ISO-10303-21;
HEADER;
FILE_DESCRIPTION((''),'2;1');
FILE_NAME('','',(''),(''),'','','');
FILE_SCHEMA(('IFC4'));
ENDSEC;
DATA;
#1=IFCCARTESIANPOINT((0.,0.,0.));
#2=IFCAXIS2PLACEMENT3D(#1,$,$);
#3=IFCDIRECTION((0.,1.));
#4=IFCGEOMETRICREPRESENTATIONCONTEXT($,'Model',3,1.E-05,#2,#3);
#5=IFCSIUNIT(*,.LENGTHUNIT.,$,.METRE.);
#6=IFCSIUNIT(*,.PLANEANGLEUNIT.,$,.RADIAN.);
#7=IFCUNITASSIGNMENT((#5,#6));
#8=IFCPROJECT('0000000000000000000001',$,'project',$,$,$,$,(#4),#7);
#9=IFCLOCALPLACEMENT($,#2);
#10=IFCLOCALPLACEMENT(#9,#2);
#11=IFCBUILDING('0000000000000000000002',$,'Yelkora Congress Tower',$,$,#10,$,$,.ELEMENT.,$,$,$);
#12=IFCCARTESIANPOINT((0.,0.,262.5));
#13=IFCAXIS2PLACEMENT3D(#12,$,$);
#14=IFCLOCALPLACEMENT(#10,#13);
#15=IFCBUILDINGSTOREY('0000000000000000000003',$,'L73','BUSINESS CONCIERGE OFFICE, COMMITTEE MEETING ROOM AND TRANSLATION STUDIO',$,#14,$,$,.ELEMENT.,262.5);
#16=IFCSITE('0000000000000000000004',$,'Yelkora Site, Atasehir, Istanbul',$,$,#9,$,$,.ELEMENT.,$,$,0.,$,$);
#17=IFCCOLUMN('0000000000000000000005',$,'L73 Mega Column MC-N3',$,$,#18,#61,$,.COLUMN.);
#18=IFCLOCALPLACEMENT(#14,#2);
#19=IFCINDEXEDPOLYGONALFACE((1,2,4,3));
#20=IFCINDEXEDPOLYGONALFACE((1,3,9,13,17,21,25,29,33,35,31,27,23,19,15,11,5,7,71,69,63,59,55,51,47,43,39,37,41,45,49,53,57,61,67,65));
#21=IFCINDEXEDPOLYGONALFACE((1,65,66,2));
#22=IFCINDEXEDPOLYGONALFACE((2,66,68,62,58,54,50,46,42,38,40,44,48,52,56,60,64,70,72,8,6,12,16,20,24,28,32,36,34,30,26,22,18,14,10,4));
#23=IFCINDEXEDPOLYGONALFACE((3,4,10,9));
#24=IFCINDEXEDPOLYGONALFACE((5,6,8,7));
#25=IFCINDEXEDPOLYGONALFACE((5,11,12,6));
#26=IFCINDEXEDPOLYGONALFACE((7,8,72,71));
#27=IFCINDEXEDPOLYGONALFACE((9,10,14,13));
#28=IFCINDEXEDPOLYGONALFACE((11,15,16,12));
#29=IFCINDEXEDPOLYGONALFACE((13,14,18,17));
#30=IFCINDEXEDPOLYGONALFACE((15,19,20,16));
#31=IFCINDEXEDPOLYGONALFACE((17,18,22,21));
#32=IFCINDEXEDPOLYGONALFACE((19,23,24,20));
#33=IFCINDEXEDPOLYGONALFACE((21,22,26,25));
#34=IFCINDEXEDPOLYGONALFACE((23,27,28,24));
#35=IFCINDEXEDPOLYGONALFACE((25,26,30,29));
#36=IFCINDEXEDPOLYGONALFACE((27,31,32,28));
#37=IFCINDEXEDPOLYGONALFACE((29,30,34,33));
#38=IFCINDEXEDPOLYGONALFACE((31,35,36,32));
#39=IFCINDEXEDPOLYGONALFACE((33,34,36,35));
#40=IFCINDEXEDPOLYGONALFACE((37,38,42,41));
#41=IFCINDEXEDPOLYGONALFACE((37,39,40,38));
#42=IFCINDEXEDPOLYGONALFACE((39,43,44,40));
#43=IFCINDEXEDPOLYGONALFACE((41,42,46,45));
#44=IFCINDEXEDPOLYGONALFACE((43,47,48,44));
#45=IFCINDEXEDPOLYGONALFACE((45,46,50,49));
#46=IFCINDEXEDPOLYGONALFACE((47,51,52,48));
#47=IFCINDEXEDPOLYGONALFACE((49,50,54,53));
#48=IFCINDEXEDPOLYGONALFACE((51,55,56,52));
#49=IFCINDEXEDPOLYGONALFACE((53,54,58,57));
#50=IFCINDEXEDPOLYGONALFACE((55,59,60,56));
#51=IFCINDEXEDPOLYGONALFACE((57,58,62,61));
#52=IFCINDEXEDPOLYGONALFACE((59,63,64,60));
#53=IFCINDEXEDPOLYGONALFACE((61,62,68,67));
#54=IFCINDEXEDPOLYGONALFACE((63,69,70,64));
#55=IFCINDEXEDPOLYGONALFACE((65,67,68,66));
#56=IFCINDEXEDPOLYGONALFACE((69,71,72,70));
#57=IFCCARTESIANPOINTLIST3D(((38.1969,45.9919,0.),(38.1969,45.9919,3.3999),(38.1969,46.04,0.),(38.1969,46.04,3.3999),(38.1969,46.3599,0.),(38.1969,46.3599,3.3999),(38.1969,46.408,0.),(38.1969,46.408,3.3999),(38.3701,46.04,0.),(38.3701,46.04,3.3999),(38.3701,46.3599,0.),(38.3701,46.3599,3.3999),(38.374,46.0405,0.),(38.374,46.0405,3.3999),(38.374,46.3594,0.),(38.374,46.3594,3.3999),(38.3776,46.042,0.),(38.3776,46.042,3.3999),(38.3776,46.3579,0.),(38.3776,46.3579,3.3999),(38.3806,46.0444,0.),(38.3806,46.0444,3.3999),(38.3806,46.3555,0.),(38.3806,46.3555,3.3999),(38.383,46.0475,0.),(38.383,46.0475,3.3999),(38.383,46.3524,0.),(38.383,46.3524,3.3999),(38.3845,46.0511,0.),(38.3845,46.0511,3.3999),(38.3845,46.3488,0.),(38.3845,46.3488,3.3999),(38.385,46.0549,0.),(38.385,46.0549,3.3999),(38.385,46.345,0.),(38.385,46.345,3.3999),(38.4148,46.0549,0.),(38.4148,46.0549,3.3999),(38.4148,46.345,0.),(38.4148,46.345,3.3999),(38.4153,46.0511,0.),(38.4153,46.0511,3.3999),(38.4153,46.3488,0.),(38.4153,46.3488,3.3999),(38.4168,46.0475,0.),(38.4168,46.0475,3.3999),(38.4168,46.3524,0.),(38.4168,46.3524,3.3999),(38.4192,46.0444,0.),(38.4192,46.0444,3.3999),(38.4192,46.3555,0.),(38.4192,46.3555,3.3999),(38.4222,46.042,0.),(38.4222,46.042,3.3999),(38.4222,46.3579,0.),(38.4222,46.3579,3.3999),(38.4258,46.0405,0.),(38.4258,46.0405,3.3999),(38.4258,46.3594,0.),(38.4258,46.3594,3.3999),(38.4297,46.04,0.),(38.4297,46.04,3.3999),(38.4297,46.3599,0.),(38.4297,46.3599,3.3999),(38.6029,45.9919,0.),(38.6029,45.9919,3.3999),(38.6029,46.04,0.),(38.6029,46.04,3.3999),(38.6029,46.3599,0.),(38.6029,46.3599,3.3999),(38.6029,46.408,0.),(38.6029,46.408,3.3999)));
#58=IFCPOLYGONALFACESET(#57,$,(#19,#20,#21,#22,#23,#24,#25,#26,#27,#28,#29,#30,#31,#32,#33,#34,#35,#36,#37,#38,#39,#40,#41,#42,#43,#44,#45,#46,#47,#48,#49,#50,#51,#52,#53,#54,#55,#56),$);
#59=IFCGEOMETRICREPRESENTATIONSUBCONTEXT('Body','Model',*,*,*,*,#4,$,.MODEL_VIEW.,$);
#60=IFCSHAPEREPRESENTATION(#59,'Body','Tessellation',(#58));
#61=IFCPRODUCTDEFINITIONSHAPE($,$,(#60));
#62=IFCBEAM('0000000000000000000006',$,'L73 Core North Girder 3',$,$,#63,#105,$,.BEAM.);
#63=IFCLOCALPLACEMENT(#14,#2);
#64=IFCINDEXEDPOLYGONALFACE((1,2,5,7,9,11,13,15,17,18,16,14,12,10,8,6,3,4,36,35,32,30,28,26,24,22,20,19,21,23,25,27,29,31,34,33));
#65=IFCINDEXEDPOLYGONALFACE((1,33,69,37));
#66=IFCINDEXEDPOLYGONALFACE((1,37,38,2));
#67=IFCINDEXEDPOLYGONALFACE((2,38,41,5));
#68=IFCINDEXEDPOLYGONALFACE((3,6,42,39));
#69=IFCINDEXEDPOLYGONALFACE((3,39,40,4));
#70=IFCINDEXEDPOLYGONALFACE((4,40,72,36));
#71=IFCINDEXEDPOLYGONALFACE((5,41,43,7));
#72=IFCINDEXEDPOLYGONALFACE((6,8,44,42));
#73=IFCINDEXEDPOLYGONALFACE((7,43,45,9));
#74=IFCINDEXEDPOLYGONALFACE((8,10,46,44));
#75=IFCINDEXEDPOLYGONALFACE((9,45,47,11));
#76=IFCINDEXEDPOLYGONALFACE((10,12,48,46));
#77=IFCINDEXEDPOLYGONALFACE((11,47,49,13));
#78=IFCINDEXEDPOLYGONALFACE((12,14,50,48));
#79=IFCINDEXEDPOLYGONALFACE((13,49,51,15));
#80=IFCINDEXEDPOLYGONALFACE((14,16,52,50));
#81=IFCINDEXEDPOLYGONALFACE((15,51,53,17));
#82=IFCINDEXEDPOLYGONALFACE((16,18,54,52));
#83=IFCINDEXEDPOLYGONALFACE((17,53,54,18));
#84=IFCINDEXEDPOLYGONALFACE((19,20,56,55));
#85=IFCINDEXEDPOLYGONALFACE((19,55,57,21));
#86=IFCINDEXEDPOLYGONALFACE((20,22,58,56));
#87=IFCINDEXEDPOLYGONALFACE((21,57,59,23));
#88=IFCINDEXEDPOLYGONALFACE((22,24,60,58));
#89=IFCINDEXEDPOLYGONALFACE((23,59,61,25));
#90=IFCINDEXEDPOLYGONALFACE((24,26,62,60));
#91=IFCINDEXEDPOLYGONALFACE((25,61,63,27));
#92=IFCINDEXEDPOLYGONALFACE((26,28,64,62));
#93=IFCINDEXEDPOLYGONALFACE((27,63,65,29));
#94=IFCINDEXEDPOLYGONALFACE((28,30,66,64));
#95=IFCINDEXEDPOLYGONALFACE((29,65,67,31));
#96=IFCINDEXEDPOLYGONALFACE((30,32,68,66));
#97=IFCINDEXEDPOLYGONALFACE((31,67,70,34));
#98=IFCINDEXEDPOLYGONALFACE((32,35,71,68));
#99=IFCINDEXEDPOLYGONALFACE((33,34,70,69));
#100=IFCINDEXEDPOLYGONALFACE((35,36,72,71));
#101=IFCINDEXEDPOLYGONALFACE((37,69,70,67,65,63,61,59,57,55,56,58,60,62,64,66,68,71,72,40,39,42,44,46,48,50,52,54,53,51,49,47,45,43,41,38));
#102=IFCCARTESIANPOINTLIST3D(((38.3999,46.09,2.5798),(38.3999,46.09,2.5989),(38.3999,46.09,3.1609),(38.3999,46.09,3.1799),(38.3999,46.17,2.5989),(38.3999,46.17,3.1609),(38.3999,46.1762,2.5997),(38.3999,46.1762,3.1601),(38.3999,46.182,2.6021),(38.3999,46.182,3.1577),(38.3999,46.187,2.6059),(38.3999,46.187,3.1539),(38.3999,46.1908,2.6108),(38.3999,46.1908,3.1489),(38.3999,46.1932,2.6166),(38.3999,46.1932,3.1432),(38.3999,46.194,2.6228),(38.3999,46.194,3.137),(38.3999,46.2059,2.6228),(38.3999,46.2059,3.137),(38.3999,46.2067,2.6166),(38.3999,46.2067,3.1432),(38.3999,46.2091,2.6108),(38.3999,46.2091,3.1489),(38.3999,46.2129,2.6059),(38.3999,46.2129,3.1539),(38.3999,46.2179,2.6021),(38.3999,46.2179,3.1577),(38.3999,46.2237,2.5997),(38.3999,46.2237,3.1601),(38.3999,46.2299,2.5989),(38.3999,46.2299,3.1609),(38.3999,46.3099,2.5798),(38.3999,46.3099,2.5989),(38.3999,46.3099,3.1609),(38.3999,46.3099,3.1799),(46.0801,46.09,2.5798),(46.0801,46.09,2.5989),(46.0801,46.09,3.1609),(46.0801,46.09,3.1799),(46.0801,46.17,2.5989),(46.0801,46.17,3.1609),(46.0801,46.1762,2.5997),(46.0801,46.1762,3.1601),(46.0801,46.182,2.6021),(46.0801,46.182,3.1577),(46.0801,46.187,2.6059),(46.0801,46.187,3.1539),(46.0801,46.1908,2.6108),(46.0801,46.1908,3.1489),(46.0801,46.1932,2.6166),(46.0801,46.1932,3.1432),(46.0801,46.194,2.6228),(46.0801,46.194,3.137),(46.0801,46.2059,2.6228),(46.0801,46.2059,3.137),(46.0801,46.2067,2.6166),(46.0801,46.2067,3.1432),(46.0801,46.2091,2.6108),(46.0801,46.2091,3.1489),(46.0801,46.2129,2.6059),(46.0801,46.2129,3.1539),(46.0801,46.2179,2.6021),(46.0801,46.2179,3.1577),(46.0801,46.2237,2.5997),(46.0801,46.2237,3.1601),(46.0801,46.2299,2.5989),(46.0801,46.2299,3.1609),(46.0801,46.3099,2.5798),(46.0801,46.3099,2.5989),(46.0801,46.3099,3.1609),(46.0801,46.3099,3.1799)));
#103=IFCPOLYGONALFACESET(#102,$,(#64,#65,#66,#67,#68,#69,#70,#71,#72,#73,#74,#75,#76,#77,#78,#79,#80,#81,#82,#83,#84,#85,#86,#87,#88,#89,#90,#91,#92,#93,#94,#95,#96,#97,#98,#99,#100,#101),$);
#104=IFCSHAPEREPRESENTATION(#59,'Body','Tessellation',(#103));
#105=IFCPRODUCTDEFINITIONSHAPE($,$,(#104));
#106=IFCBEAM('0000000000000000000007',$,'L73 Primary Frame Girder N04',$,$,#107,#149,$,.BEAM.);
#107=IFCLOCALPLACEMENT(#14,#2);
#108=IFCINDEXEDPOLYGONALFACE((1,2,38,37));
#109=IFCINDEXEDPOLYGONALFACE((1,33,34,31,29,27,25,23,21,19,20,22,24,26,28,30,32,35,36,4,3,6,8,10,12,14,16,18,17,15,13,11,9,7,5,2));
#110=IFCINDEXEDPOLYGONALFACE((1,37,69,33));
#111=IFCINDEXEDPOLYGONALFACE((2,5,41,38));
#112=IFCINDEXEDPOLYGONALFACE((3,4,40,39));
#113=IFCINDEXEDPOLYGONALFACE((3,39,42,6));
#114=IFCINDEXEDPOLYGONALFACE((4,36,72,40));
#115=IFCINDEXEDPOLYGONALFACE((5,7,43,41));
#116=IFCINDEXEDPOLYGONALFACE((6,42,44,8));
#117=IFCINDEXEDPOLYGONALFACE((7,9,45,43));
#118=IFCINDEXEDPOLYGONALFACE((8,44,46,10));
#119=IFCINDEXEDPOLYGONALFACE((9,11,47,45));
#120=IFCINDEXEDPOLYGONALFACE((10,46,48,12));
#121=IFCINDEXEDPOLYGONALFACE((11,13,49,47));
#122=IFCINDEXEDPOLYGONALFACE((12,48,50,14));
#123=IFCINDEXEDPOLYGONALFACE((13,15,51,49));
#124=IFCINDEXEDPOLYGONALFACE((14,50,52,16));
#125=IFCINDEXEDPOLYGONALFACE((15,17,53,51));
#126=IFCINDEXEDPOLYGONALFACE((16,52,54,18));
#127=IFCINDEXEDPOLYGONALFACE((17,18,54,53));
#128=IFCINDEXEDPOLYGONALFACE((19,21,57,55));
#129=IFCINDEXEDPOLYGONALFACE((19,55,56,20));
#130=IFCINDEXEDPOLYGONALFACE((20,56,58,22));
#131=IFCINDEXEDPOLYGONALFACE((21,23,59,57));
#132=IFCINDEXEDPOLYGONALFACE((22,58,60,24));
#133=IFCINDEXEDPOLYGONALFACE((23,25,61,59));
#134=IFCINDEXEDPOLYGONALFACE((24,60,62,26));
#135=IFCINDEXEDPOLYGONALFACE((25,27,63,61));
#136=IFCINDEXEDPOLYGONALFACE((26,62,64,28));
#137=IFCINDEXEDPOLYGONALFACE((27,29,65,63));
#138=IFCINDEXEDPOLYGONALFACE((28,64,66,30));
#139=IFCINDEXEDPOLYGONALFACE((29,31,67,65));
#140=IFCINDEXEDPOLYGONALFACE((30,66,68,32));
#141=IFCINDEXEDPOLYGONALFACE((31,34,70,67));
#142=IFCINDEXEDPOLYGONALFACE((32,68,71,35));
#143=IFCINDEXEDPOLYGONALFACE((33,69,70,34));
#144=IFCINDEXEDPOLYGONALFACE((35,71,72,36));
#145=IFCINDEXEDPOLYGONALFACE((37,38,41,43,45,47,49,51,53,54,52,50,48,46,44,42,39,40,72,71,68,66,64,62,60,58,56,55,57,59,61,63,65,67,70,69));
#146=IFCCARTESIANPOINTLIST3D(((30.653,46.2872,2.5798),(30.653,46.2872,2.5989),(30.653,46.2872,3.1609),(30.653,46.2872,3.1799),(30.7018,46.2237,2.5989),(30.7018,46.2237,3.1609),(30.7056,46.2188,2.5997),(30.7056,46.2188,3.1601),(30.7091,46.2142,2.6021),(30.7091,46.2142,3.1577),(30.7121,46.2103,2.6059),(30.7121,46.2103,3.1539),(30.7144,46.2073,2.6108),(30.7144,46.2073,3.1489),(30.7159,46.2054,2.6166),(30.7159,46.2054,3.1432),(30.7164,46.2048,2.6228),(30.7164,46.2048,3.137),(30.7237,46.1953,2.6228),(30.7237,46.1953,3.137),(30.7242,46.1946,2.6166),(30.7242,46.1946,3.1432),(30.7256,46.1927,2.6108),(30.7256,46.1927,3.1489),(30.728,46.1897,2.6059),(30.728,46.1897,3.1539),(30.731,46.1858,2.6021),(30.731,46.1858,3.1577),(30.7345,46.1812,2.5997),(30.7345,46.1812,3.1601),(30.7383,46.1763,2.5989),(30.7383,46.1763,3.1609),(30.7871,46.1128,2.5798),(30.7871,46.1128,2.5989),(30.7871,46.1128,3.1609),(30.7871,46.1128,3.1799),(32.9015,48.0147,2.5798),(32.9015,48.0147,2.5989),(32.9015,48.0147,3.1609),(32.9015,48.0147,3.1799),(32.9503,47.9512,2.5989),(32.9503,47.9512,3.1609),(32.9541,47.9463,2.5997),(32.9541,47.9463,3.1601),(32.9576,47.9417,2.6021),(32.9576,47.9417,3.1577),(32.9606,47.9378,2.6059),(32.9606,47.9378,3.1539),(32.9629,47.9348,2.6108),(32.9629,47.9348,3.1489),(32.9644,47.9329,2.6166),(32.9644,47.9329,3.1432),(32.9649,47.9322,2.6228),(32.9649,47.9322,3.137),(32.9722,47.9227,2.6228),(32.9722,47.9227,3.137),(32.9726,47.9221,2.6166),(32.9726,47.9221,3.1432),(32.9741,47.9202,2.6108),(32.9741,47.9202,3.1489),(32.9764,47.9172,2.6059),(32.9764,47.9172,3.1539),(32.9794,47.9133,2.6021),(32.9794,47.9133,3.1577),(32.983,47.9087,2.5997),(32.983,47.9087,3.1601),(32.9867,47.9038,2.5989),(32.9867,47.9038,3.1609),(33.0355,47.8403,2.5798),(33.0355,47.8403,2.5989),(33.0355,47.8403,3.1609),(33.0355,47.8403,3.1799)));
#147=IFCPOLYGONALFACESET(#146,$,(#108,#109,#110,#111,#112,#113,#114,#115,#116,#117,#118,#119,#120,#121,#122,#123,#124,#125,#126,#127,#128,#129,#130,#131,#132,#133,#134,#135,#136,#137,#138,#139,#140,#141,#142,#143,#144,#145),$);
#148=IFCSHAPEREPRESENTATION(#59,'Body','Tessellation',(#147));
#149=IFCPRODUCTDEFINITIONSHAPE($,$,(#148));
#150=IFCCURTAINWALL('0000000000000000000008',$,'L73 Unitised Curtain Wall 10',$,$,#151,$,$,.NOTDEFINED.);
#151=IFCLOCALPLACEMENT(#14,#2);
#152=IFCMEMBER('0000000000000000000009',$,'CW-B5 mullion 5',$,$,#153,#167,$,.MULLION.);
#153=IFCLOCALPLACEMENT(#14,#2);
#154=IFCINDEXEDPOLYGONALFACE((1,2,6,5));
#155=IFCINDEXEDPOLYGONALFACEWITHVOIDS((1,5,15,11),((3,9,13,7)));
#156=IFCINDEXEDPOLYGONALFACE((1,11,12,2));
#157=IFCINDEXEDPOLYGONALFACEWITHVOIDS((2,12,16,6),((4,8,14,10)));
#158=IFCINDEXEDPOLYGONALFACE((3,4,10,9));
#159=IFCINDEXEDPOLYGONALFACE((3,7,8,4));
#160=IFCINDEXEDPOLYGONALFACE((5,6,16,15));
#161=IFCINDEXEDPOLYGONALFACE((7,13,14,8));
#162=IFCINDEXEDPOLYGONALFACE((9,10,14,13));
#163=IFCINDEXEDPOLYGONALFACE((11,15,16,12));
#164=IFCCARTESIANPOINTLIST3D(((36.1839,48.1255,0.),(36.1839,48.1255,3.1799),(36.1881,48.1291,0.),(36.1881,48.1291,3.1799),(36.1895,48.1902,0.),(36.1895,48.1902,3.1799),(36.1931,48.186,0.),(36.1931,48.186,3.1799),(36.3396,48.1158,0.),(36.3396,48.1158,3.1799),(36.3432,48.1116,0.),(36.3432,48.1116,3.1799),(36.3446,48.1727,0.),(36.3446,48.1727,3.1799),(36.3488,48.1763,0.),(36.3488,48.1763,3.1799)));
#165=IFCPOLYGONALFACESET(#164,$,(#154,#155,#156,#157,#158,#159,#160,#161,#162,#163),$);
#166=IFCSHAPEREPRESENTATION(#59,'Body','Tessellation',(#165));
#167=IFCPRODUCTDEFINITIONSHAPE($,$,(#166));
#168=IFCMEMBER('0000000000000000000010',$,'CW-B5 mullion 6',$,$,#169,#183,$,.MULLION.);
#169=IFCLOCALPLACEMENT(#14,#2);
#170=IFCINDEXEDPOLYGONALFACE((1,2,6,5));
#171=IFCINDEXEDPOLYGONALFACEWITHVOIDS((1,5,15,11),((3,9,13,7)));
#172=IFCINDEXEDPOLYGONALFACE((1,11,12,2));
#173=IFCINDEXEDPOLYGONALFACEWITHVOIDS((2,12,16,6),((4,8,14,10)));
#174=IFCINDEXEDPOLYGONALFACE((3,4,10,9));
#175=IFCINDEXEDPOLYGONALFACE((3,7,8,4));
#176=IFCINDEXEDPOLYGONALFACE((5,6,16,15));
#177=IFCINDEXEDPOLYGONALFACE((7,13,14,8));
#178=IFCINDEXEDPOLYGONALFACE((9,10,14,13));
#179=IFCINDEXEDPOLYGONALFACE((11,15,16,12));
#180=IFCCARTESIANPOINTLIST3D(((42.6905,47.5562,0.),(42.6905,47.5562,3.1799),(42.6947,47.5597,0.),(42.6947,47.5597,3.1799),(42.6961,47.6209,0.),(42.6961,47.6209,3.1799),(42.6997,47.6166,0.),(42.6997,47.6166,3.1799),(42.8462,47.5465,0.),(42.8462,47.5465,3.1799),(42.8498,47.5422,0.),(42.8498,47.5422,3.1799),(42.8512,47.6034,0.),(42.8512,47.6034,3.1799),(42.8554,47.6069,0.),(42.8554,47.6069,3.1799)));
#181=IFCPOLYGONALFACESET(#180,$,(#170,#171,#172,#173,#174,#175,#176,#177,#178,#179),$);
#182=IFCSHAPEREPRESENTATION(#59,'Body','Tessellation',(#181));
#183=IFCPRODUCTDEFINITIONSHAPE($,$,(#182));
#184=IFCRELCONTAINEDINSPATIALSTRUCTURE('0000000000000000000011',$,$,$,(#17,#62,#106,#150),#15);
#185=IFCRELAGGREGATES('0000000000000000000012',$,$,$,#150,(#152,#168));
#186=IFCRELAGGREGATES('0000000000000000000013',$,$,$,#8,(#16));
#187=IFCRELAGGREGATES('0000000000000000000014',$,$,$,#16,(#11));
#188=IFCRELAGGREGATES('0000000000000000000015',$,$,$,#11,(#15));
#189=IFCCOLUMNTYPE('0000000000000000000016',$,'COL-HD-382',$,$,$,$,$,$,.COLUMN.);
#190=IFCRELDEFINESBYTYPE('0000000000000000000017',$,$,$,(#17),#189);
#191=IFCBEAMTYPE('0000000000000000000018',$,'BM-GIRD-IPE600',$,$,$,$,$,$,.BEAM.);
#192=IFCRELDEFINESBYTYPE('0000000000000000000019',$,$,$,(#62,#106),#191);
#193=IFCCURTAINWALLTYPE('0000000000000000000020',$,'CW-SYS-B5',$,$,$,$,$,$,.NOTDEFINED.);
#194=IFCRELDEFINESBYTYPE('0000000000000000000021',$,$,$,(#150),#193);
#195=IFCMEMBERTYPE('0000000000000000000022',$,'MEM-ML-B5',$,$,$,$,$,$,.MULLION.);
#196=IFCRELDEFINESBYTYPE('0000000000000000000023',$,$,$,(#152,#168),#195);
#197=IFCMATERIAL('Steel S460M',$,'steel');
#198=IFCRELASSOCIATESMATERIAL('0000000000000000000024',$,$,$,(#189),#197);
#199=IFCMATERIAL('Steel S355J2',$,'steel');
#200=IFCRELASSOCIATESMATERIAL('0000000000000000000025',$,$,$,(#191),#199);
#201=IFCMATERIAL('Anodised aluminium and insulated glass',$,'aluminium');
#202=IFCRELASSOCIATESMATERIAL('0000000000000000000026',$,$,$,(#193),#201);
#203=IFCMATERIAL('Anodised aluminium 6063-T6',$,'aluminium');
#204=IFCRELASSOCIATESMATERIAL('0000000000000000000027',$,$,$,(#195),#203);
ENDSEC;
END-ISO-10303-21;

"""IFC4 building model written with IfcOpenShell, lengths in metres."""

from ifc_helpers import new_model, si_unit, direction, frame, origin, origin_2d, place, context, subcontext, project, spatial, hollow_rectangle, i_section, extrude, material, material_profile, profile_set, type_object, element, aggregate, save


model = new_model("IFC4")

# Units and contexts
model_context = context("Model", 3, precision=1e-05, world=origin(), true_north=direction((0.0, 1.0)))
body_context = subcontext(model_context, "Body", "Model", "MODEL_VIEW")
ifc_project = project(units=[si_unit("LENGTHUNIT", "METRE"), si_unit("PLANEANGLEUNIT", "RADIAN")], contexts=[model_context])

# Site, building, storey
site_placement = place(None, origin())
site = spatial("IfcSite", under=ifc_project, at=site_placement, Name="Yelkora Site, Atasehir, Istanbul", CompositionType="ELEMENT", RefElevation=0.0)
building_placement = place(site_placement, origin())
building = spatial("IfcBuilding", under=site, at=building_placement, Name="Yelkora Congress Tower", CompositionType="ELEMENT")
storey_placement = place(building_placement, frame((0.0, 0.0, 262.5)))
storey = spatial("IfcBuildingStorey", under=building, at=storey_placement, Name="L73", Description="BUSINESS CONCIERGE OFFICE, COMMITTEE MEETING ROOM AND TRANSLATION STUDIO", CompositionType="ELEMENT", Elevation=262.5)

# Column
ifc_material_1 = material(Name="Steel S460M", Category="steel")
ifc_material_profile_1 = material_profile(ifc_material_1, i_section(OverallWidth=0.406, OverallDepth=0.416, WebThickness=0.0298, FlangeThickness=0.0481, FilletRadius=0.0149, at=origin_2d()), Name="HD 400x382")
ifc_profile_set_1 = profile_set([ifc_material_profile_1], Name="Steel S460M")
column_type = type_object("IfcColumnType", Name="COL-HD-382", PredefinedType="COLUMN", material=ifc_profile_set_1)
column_placement = place(storey_placement, frame((38.3999, 46.2, 0.0), z_axis=(0.0, 0.0, 1.0), x_axis=(1.0, 0.0, 0.0)))
element("IfcColumn", 1, at=column_placement, inside=storey, type_object=column_type, Name="L73 Mega Column MC-N3", PredefinedType="COLUMN", context=body_context, shape_type="SweptSolid", body=[
    extrude(i_section(OverallWidth=0.406, OverallDepth=0.416, WebThickness=0.0298, FlangeThickness=0.0481, FilletRadius=0.0149, at=origin_2d()), origin(), (0.0, 0.0, 1.0), 3.3999),
])

# Beams
ifc_material_2 = material(Name="Steel S355J2", Category="steel")
ifc_material_profile_2 = material_profile(ifc_material_2, i_section(OverallWidth=0.22, OverallDepth=0.6001, WebThickness=0.012, FlangeThickness=0.019, FilletRadius=0.0239, at=origin_2d()), Name="IPE 600")
ifc_profile_set_2 = profile_set([ifc_material_profile_2], Name="Steel S355J2")
beam_type = type_object("IfcBeamType", Name="BM-GIRD-IPE600", PredefinedType="BEAM", material=ifc_profile_set_2)
beam_1_placement = place(storey_placement, frame((38.3999, 46.2, 2.8799), z_axis=(1.0, 0.0, 0.0), x_axis=(0.0, 1.0, 0.0)))
element("IfcBeam", 2, at=beam_1_placement, inside=storey, type_object=beam_type, Name="L73 Core North Girder 3", PredefinedType="BEAM", context=body_context, shape_type="SweptSolid", body=[
    extrude(i_section(OverallWidth=0.22, OverallDepth=0.6001, WebThickness=0.012, FlangeThickness=0.019, FilletRadius=0.0239, at=origin_2d()), origin(), (0.0, 0.0, 1.0), 7.6802),
])
beam_2_placement = place(storey_placement, frame((32.9685, 47.9275, 2.8799), z_axis=(-0.792982, -0.609245, 0.0), x_axis=(0.609245, -0.792982, 0.0)))
element("IfcBeam", 3, at=beam_2_placement, inside=storey, type_object=beam_type, Name="L73 Primary Frame Girder N04", PredefinedType="BEAM", context=body_context, shape_type="SweptSolid", body=[
    extrude(i_section(OverallWidth=0.22, OverallDepth=0.6001, WebThickness=0.012, FlangeThickness=0.019, FilletRadius=0.0239, at=origin_2d()), origin(), (0.0, 0.0, 1.0), 2.8354),
])

# Curtain wall, members
ifc_material_3 = material(Name="Anodised aluminium and insulated glass", Category="aluminium")
curtain_wall_type = type_object("IfcCurtainWallType", Name="CW-SYS-B5", PredefinedType="NOTDEFINED", material=ifc_material_3)
curtain_wall_placement = place(storey_placement, origin())
curtain_wall = element("IfcCurtainWall", 4, at=curtain_wall_placement, inside=storey, type_object=curtain_wall_type, Name="L73 Unitised Curtain Wall 10", PredefinedType="NOTDEFINED")
ifc_material_4 = material(Name="Anodised aluminium 6063-T6", Category="aluminium")
ifc_material_profile_3 = material_profile(ifc_material_4, hollow_rectangle(XDim=0.0649, YDim=0.1599, WallThickness=0.0039, at=origin_2d()), Name="ALU 65x160x4")
ifc_profile_set_3 = profile_set([ifc_material_profile_3], Name="Anodised aluminium 6063-T6")
member_type_1 = type_object("IfcMemberType", Name="MEM-ML-B5", PredefinedType="MULLION", material=ifc_profile_set_3)
member_1_placement = place(storey_placement, frame((36.2664, 48.1509, 0.0), z_axis=(0.0, 0.0, 1.0), x_axis=(0.087157, 0.996195, 0.0)))
member_1 = element("IfcMember", 5, at=member_1_placement, type_object=member_type_1, Name="CW-B5 mullion 5", PredefinedType="MULLION", context=body_context, shape_type="SweptSolid", body=[
    extrude(hollow_rectangle(XDim=0.0649, YDim=0.1599, WallThickness=0.0039, at=origin_2d()), origin(), (0.0, 0.0, 1.0), 3.1799),
])
member_2_placement = place(storey_placement, frame((42.7729, 47.5815, 0.0), z_axis=(0.0, 0.0, 1.0), x_axis=(0.087157, 0.996195, 0.0)))
member_2 = element("IfcMember", 6, at=member_2_placement, type_object=member_type_1, Name="CW-B5 mullion 6", PredefinedType="MULLION", context=body_context, shape_type="SweptSolid", body=[
    extrude(hollow_rectangle(XDim=0.0649, YDim=0.1599, WallThickness=0.0039, at=origin_2d()), origin(), (0.0, 0.0, 1.0), 3.1799),
])
aggregate(curtain_wall, [member_1, member_2])

save(model, "model.ifc")
